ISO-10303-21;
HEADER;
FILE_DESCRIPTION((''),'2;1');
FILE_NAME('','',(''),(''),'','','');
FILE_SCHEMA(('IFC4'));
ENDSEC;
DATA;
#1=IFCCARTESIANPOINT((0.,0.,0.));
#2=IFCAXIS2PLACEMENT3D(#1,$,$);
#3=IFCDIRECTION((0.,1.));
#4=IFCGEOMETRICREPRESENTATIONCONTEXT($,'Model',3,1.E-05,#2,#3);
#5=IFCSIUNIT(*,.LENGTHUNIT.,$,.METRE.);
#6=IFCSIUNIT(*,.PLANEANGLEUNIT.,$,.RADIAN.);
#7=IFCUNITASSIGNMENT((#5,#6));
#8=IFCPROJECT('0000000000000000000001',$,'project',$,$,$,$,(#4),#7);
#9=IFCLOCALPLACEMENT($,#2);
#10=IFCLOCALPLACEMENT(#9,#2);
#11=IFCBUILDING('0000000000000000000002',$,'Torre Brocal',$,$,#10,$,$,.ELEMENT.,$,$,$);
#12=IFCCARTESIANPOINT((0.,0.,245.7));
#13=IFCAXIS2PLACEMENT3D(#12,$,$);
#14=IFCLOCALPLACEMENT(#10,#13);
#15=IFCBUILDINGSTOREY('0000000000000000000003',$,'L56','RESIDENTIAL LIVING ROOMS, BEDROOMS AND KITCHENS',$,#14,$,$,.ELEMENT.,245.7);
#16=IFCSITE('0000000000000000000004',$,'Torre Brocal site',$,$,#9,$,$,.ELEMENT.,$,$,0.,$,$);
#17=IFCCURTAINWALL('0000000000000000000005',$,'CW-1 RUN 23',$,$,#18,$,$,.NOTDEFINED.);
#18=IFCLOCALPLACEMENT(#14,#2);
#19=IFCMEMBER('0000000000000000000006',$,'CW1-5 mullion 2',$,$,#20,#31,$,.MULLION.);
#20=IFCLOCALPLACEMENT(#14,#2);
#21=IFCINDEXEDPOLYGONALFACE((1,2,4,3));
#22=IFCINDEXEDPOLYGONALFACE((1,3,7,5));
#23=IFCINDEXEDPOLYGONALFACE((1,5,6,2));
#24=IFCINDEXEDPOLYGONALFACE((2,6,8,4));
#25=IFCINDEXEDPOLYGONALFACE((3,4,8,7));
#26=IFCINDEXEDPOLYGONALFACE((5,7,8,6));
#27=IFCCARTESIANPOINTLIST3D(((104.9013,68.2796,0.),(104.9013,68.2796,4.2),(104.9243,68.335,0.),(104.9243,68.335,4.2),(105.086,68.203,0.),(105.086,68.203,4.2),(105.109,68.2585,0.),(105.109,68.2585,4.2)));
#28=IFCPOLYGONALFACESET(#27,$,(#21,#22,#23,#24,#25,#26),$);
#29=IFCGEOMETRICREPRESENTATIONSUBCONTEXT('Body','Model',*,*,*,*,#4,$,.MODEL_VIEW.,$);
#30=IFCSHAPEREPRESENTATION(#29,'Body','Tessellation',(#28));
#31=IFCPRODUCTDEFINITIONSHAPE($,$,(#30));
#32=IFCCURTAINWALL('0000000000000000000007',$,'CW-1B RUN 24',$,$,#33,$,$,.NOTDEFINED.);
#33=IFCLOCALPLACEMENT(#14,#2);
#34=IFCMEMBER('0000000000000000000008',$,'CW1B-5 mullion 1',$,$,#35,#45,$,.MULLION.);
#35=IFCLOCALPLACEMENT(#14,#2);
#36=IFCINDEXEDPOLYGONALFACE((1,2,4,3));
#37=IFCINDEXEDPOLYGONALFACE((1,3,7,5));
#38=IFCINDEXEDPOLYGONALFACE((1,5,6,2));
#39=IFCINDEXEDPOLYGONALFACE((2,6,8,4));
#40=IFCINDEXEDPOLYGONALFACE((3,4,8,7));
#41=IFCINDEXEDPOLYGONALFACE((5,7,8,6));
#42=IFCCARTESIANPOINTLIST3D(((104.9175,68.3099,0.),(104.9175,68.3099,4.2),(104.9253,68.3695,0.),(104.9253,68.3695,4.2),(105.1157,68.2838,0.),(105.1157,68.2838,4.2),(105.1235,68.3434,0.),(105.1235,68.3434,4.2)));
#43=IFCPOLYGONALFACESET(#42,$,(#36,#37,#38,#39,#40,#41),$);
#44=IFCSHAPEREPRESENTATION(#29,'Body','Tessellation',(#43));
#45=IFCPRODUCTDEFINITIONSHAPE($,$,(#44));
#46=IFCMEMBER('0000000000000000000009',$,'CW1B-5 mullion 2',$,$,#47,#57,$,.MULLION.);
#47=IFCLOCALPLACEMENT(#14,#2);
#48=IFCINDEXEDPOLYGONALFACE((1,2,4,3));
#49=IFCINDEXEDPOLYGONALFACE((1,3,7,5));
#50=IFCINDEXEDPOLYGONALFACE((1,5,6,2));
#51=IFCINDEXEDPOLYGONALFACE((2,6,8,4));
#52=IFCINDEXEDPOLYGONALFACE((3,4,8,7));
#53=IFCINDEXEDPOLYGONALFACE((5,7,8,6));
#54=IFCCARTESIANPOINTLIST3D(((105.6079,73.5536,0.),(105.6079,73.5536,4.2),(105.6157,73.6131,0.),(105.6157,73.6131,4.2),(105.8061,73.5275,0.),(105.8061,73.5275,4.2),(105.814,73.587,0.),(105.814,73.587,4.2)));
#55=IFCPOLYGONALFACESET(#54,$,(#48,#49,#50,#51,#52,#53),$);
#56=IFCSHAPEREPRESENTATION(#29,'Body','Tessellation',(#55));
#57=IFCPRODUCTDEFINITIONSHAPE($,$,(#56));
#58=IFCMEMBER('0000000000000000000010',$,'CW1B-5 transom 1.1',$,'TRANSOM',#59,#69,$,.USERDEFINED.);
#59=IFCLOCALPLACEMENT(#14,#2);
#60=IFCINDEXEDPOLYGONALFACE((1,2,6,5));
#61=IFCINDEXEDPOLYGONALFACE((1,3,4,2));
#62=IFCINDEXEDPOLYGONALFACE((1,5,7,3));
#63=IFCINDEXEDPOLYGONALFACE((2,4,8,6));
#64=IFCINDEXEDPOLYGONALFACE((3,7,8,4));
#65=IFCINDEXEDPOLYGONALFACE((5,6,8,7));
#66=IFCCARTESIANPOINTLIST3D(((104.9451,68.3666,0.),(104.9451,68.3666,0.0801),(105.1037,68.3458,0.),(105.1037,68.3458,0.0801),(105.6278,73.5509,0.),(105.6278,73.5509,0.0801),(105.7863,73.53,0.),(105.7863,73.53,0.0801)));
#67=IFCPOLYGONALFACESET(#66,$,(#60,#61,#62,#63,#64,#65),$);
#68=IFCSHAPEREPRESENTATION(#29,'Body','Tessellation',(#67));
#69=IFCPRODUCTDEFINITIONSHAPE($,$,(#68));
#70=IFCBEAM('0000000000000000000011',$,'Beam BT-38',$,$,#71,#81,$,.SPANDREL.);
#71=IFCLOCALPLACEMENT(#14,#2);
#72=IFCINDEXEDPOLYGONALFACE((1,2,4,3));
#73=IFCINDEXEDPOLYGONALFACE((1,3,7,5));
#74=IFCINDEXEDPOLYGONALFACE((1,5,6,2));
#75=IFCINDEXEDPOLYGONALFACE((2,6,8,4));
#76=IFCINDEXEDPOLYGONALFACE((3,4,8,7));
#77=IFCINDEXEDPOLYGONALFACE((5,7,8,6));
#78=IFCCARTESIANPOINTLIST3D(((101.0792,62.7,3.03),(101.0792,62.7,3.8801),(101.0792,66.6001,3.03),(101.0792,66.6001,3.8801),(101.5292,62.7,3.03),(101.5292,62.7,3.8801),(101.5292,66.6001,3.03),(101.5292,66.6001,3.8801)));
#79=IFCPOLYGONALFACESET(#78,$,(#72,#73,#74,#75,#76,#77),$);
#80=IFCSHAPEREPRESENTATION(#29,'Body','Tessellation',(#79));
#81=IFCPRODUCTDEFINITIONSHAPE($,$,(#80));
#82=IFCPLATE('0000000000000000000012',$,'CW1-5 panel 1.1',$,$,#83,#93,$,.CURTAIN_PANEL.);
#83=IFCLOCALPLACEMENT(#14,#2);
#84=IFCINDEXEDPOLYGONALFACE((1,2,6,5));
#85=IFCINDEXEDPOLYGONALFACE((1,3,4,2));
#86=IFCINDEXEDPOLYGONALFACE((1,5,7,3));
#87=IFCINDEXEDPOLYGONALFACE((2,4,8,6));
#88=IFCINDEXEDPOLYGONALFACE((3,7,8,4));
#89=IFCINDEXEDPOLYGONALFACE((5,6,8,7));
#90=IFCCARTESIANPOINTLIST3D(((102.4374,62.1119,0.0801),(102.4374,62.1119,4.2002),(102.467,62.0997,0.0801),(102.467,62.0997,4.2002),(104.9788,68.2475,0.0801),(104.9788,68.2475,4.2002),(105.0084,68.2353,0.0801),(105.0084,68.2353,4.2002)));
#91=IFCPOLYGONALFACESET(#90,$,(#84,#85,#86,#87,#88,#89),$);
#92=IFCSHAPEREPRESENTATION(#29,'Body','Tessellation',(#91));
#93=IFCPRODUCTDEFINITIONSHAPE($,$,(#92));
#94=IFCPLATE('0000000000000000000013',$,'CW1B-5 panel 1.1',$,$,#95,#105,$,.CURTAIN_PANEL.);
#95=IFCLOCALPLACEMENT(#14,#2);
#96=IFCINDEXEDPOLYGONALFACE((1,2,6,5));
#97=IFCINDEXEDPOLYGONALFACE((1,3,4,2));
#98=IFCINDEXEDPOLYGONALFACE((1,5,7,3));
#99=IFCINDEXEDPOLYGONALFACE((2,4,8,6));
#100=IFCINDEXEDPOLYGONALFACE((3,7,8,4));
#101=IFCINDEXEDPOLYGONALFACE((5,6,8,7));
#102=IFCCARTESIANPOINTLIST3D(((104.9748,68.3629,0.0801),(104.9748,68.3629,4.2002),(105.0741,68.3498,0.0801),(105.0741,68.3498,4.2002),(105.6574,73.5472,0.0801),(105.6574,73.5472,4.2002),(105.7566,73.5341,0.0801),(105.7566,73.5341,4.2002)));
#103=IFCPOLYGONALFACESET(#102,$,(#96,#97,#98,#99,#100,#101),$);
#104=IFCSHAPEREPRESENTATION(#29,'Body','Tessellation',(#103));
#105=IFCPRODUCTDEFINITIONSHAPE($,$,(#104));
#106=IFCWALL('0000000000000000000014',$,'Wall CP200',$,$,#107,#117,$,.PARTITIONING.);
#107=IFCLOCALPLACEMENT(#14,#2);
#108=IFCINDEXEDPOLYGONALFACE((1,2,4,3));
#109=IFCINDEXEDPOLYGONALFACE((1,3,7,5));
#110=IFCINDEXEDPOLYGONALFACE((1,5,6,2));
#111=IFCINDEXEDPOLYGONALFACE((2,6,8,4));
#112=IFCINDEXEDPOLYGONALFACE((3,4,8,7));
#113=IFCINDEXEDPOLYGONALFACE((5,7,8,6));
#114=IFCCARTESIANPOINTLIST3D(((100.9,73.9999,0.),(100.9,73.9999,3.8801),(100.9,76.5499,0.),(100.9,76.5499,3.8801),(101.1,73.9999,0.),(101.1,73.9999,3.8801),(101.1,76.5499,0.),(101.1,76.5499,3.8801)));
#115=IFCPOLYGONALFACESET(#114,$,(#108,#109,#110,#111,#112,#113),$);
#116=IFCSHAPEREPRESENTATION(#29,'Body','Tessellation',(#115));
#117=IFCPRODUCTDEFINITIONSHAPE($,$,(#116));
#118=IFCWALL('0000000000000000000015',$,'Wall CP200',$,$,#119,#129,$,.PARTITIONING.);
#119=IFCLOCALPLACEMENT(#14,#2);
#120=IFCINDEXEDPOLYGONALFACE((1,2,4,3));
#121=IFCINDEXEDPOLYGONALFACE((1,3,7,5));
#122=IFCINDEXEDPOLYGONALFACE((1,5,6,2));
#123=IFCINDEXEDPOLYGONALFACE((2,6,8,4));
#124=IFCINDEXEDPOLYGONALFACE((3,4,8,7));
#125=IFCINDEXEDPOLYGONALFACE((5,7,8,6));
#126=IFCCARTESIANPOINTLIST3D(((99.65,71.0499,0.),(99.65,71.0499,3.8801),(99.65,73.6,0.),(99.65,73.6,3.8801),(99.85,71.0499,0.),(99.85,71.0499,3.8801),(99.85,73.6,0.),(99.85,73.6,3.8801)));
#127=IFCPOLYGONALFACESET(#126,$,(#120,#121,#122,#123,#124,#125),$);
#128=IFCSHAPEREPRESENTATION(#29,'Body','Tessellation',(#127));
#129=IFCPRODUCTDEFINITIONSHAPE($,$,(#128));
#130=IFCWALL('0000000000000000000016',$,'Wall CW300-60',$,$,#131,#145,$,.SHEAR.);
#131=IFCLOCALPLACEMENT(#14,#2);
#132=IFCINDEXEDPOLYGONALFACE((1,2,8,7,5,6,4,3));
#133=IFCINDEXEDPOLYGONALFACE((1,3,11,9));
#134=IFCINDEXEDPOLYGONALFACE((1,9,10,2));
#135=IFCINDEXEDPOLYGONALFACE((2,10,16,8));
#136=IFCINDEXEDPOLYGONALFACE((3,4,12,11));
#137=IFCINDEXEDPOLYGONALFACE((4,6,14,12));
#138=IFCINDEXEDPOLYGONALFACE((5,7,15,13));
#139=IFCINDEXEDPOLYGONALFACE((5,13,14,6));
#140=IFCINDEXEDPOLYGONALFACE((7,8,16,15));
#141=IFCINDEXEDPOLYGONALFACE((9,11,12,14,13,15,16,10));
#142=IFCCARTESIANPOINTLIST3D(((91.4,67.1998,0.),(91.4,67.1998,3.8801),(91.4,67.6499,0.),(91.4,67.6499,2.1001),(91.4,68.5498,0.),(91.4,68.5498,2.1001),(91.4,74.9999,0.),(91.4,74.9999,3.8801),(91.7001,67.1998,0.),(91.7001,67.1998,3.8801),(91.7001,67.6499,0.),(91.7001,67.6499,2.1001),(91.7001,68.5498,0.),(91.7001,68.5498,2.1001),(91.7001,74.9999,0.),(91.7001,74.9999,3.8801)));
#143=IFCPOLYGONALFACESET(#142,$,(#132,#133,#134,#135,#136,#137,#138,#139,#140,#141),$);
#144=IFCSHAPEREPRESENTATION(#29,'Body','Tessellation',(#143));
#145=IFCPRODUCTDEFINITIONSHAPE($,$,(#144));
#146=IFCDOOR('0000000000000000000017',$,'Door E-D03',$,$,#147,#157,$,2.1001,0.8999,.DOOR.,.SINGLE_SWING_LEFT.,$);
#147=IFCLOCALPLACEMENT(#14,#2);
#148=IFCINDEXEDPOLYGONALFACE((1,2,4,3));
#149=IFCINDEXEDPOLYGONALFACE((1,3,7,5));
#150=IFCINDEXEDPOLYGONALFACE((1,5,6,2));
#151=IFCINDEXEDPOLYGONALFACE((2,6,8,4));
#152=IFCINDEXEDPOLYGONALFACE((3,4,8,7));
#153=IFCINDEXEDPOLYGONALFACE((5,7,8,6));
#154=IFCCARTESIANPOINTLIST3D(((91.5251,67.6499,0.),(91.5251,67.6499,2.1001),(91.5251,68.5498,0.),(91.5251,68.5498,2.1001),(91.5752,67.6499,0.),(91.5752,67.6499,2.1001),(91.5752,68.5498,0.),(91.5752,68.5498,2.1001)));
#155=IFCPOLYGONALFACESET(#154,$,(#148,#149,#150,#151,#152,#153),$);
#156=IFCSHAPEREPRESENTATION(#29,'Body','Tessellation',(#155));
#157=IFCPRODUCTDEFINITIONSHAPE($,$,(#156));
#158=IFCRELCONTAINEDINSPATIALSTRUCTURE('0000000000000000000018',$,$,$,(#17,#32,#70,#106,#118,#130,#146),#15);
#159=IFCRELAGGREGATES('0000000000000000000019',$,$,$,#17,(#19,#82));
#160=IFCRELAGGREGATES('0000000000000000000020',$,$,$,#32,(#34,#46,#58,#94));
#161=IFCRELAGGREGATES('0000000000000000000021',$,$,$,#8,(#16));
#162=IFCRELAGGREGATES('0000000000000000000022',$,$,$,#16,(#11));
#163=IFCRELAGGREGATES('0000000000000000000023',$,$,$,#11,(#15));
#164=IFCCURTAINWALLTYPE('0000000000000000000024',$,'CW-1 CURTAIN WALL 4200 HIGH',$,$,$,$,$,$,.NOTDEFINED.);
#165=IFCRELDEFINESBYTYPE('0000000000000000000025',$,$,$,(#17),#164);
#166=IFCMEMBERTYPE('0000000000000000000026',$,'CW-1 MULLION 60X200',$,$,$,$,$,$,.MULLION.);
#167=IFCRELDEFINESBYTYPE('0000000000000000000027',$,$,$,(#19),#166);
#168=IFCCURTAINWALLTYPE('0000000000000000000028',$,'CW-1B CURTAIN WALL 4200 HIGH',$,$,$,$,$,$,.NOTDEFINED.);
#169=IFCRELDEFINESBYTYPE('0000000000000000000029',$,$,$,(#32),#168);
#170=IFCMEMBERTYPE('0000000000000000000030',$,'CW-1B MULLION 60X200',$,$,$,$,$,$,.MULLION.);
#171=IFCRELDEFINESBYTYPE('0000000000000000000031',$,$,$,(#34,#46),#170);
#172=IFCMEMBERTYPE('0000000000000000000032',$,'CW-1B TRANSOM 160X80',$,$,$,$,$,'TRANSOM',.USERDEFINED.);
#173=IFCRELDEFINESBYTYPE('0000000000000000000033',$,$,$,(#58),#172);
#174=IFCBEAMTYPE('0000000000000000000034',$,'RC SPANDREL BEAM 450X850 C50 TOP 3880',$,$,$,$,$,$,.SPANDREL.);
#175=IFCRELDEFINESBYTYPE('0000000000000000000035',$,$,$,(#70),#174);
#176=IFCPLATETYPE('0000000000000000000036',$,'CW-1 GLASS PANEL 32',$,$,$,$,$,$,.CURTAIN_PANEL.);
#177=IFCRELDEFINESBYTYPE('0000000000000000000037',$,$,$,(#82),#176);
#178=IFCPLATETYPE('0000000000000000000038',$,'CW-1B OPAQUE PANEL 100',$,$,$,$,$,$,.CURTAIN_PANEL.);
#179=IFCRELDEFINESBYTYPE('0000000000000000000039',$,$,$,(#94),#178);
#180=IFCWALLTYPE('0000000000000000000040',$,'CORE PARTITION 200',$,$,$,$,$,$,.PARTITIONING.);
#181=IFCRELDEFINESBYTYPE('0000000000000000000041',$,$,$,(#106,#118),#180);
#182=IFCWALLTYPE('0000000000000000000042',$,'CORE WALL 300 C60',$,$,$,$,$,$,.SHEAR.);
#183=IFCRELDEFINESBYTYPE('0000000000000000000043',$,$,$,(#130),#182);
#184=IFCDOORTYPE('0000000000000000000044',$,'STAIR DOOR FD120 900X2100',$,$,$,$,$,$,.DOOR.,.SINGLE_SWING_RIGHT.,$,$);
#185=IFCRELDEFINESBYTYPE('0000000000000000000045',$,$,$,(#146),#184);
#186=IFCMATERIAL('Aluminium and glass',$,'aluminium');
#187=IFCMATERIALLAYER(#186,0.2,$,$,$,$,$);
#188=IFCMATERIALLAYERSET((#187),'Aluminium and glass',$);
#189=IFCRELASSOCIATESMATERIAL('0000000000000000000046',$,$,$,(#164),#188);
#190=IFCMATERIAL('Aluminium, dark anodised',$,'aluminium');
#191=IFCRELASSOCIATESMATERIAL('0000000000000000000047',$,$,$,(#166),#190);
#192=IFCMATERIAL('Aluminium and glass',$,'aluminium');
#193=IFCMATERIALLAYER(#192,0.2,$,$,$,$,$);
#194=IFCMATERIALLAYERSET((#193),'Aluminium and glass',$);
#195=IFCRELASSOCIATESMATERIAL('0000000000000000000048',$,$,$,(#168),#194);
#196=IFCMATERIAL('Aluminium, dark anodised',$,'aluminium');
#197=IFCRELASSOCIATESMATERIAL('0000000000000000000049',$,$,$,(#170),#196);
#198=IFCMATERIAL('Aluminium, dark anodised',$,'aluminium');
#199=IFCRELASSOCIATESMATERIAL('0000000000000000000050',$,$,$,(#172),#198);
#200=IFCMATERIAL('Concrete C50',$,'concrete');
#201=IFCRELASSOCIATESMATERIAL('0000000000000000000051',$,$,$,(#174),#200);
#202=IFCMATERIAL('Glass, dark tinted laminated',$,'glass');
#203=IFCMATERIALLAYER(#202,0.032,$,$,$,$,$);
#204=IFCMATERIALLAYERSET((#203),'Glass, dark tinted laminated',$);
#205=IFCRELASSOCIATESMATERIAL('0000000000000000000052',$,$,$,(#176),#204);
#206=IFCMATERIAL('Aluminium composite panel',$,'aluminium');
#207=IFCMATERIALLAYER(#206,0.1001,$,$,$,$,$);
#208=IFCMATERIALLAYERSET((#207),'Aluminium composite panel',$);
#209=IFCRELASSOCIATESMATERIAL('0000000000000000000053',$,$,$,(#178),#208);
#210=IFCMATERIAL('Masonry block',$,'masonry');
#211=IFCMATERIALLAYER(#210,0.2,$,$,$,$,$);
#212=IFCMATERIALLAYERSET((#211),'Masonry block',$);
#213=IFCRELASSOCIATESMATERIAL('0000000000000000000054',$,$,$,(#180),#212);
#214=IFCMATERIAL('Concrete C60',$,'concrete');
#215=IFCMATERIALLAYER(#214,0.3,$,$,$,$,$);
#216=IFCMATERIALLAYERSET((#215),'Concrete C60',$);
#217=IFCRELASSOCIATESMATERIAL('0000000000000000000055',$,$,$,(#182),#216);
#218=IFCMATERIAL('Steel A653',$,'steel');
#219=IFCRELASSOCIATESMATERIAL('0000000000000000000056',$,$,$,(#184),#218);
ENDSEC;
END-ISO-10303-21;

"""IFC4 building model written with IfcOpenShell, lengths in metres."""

from ifc_helpers import new_model, si_unit, direction, frame, frame_2d, origin, origin_2d, place, context, subcontext, project, spatial, rectangle, extrude, material, layer, layer_set, material_profile, profile_set, type_object, element, fill, aggregate, save


model = new_model("IFC4")

# Units and contexts
model_context = context("Model", 3, precision=1e-05, world=origin(), true_north=direction((0.0, 1.0)))
body_context = subcontext(model_context, "Body", "Model", "MODEL_VIEW")
ifc_project = project(units=[si_unit("LENGTHUNIT", "METRE"), si_unit("PLANEANGLEUNIT", "RADIAN")], contexts=[model_context])

# Site, building, storey
site_placement = place(None, origin())
site = spatial("IfcSite", under=ifc_project, at=site_placement, Name="Torre Brocal site", CompositionType="ELEMENT", RefElevation=0.0)
building_placement = place(site_placement, origin())
building = spatial("IfcBuilding", under=site, at=building_placement, Name="Torre Brocal", CompositionType="ELEMENT")
storey_placement = place(building_placement, frame((0.0, 0.0, 245.7)))
storey = spatial("IfcBuildingStorey", under=building, at=storey_placement, Name="L56", Description="RESIDENTIAL LIVING ROOMS, BEDROOMS AND KITCHENS", CompositionType="ELEMENT", Elevation=245.7)

# Curtain wall, member
ifc_material_1 = material(Name="Aluminium and glass", Category="aluminium")
ifc_layer_1 = layer(ifc_material_1, 0.2)
ifc_layer_set_1 = layer_set([ifc_layer_1], Name="Aluminium and glass")
curtain_wall_type_1 = type_object("IfcCurtainWallType", Name="CW-1 CURTAIN WALL 4200 HIGH", PredefinedType="NOTDEFINED", material=ifc_layer_set_1)
curtain_wall_1_placement = place(storey_placement, origin())
curtain_wall_1 = element("IfcCurtainWall", 1, at=curtain_wall_1_placement, inside=storey, type_object=curtain_wall_type_1, Name="CW-1 RUN 23", PredefinedType="NOTDEFINED")
ifc_material_2 = material(Name="Aluminium, dark anodised", Category="aluminium")
ifc_material_profile_1 = material_profile(ifc_material_2, rectangle(XDim=0.2, YDim=0.0601, at=origin_2d()), Name="CW-1 MULLION 60X200")
ifc_profile_set_1 = profile_set([ifc_material_profile_1], Name="Aluminium, dark anodised")
member_type_1 = type_object("IfcMemberType", Name="CW-1 MULLION 60X200", PredefinedType="MULLION", material=ifc_profile_set_1)
member_1_placement = place(storey_placement, frame((105.0051, 68.269, 0.0), z_axis=(0.0, 0.0, 1.0), x_axis=(-0.92388, 0.382683, 0.0)))
member_1 = element("IfcMember", 2, at=member_1_placement, type_object=member_type_1, Name="CW1-5 mullion 2", PredefinedType="MULLION", context=body_context, shape_type="SweptSolid", body=[
    extrude(rectangle(XDim=0.2, YDim=0.0601, at=origin_2d()), origin(), (0.0, 0.0, 1.0), 4.2),
])

# Curtain wall, members
ifc_material_3 = material(Name="Aluminium and glass", Category="aluminium")
ifc_layer_2 = layer(ifc_material_3, 0.2)
ifc_layer_set_2 = layer_set([ifc_layer_2], Name="Aluminium and glass")
curtain_wall_type_2 = type_object("IfcCurtainWallType", Name="CW-1B CURTAIN WALL 4200 HIGH", PredefinedType="NOTDEFINED", material=ifc_layer_set_2)
curtain_wall_2_placement = place(storey_placement, origin())
curtain_wall_2 = element("IfcCurtainWall", 3, at=curtain_wall_2_placement, inside=storey, type_object=curtain_wall_type_2, Name="CW-1B RUN 24", PredefinedType="NOTDEFINED")
ifc_material_4 = material(Name="Aluminium, dark anodised", Category="aluminium")
ifc_material_profile_2 = material_profile(ifc_material_4, rectangle(XDim=0.2, YDim=0.0601, at=origin_2d()), Name="CW-1B MULLION 60X200")
ifc_profile_set_2 = profile_set([ifc_material_profile_2], Name="Aluminium, dark anodised")
member_type_2 = type_object("IfcMemberType", Name="CW-1B MULLION 60X200", PredefinedType="MULLION", material=ifc_profile_set_2)
member_2_placement = place(storey_placement, frame((105.0205, 68.3267, 0.0), z_axis=(0.0, 0.0, 1.0), x_axis=(-0.991445, 0.130526, 0.0)))
member_2 = element("IfcMember", 4, at=member_2_placement, type_object=member_type_2, Name="CW1B-5 mullion 1", PredefinedType="MULLION", context=body_context, shape_type="SweptSolid", body=[
    extrude(rectangle(XDim=0.2, YDim=0.0601, at=origin_2d()), origin(), (0.0, 0.0, 1.0), 4.2),
])
member_3_placement = place(storey_placement, frame((105.7109, 73.5703, 0.0), z_axis=(0.0, 0.0, 1.0), x_axis=(-0.991445, 0.130526, 0.0)))
member_3 = element("IfcMember", 5, at=member_3_placement, type_object=member_type_2, Name="CW1B-5 mullion 2", PredefinedType="MULLION", context=body_context, shape_type="SweptSolid", body=[
    extrude(rectangle(XDim=0.2, YDim=0.0601, at=origin_2d()), origin(), (0.0, 0.0, 1.0), 4.2),
])
ifc_material_5 = material(Name="Aluminium, dark anodised", Category="aluminium")
ifc_material_profile_3 = material_profile(ifc_material_5, rectangle(XDim=0.1599, YDim=0.0801, at=origin_2d()), Name="CW-1B TRANSOM 160X80")
ifc_profile_set_3 = profile_set([ifc_material_profile_3], Name="Aluminium, dark anodised")
member_type_3 = type_object("IfcMemberType", Name="CW-1B TRANSOM 160X80", ElementType="TRANSOM", PredefinedType="USERDEFINED", material=ifc_profile_set_3)
member_4_placement = place(storey_placement, frame((105.0244, 68.3562, 0.04), z_axis=(0.130543, 0.991443, 0.0), x_axis=(-0.991443, 0.130543, 0.0)))
member_4 = element("IfcMember", 6, at=member_4_placement, type_object=member_type_3, Name="CW1B-5 transom 1.1", ObjectType="TRANSOM", PredefinedType="USERDEFINED", context=body_context, shape_type="SweptSolid", body=[
    extrude(rectangle(XDim=0.1599, YDim=0.0801, at=origin_2d()), origin(), (0.0, 0.0, 1.0), 5.229),
])

# Beam
ifc_material_6 = material(Name="Concrete C50", Category="concrete")
ifc_material_profile_4 = material_profile(ifc_material_6, rectangle(XDim=0.45, YDim=0.8501, at=origin_2d()), Name="RC 450X850")
ifc_profile_set_4 = profile_set([ifc_material_profile_4], Name="Concrete C50")
beam_type = type_object("IfcBeamType", Name="RC SPANDREL BEAM 450X850 C50 TOP 3880", PredefinedType="SPANDREL", material=ifc_profile_set_4)
beam_placement = place(storey_placement, frame((101.3042, 62.7, 3.4551), z_axis=(0.0, 1.0, 0.0), x_axis=(-1.0, 0.0, 0.0)))
element("IfcBeam", 7, at=beam_placement, inside=storey, type_object=beam_type, Name="Beam BT-38", PredefinedType="SPANDREL", context=body_context, shape_type="SweptSolid", body=[
    extrude(rectangle(XDim=0.45, YDim=0.8501, at=origin_2d()), origin(), (0.0, 0.0, 1.0), 3.9001),
])

# Plates
ifc_material_7 = material(Name="Glass, dark tinted laminated", Category="glass")
ifc_layer_3 = layer(ifc_material_7, 0.032)
ifc_layer_set_3 = layer_set([ifc_layer_3], Name="Glass, dark tinted laminated")
plate_type_1 = type_object("IfcPlateType", Name="CW-1 GLASS PANEL 32", PredefinedType="CURTAIN_PANEL", material=ifc_layer_set_3)
plate_1_placement = place(storey_placement, frame((103.7229, 65.1736, 0.0801), z_axis=(0.0, 0.0, 1.0), x_axis=(0.382683, 0.92388, 0.0)))
plate_1 = element("IfcPlate", 8, at=plate_1_placement, type_object=plate_type_1, Name="CW1-5 panel 1.1", PredefinedType="CURTAIN_PANEL", context=body_context, shape_type="SweptSolid", body=[
    extrude(rectangle(XDim=6.6411, YDim=0.032, at=origin_2d()), origin(), (0.0, 0.0, 1.0), 4.1201),
])
aggregate(curtain_wall_1, [member_1, plate_1])
ifc_material_8 = material(Name="Aluminium composite panel", Category="aluminium")
ifc_layer_4 = layer(ifc_material_8, 0.1001)
ifc_layer_set_4 = layer_set([ifc_layer_4], Name="Aluminium composite panel")
plate_type_2 = type_object("IfcPlateType", Name="CW-1B OPAQUE PANEL 100", PredefinedType="CURTAIN_PANEL", material=ifc_layer_set_4)
plate_2_placement = place(storey_placement, frame((105.3657, 70.9485, 0.0801), z_axis=(0.0, 0.0, 1.0), x_axis=(0.130526, 0.991445, 0.0)))
plate_2 = element("IfcPlate", 9, at=plate_2_placement, type_object=plate_type_2, Name="CW1B-5 panel 1.1", PredefinedType="CURTAIN_PANEL", context=body_context, shape_type="SweptSolid", body=[
    extrude(rectangle(XDim=5.229, YDim=0.1001, at=origin_2d()), origin(), (0.0, 0.0, 1.0), 4.1201),
])
aggregate(curtain_wall_2, [member_2, member_3, member_4, plate_2])

# Walls
ifc_material_9 = material(Name="Masonry block", Category="masonry")
ifc_layer_5 = layer(ifc_material_9, 0.2)
ifc_layer_set_5 = layer_set([ifc_layer_5], Name="Masonry block")
wall_type_1 = type_object("IfcWallType", Name="CORE PARTITION 200", PredefinedType="PARTITIONING", material=ifc_layer_set_5)
for number, where, z_axis, x_axis, name in (
    (10, (101.0, 74.0, 0.0), (0.0, 0.0, 1.0), (0.0, 1.0, 0.0), "Wall CP200"),
    (11, (99.75, 71.05, 0.0), (0.0, 0.0, 1.0), (0.0, 1.0, 0.0), "Wall CP200"),
):
    element("IfcWall", number, at=place(storey_placement, frame(where, z_axis=z_axis, x_axis=x_axis)), inside=storey, type_object=wall_type_1, Name=name, PredefinedType="PARTITIONING", context=body_context, shape_type="SweptSolid", body=[
        extrude(rectangle(XDim=2.55, YDim=0.2, at=frame_2d((1.2749, 0.0))), origin(), (0.0, 0.0, 1.0), 3.8801),
    ])

# Wall, opening, door
ifc_material_10 = material(Name="Concrete C60", Category="concrete")
ifc_layer_6 = layer(ifc_material_10, 0.3)
ifc_layer_set_6 = layer_set([ifc_layer_6], Name="Concrete C60")
wall_type_2 = type_object("IfcWallType", Name="CORE WALL 300 C60", PredefinedType="SHEAR", material=ifc_layer_set_6)
wall_1_placement = place(storey_placement, frame((91.55, 67.2, 0.0), z_axis=(0.0, 0.0, 1.0), x_axis=(0.0, 1.0, 0.0)))
wall_1 = element("IfcWall", 12, at=wall_1_placement, inside=storey, type_object=wall_type_2, Name="Wall CW300-60", PredefinedType="SHEAR", context=body_context, shape_type="SweptSolid", body=[
    extrude(rectangle(XDim=7.8, YDim=0.3, at=frame_2d((3.8999, 0.0))), origin(), (0.0, 0.0, 1.0), 3.8801),
])
opening_1_placement = place(wall_1_placement, frame((0.45, 0.0, 0.0)))
opening_1 = element("IfcOpeningElement", 13, at=opening_1_placement, cuts=wall_1, PredefinedType="OPENING", context=body_context, shape_type="SweptSolid", body=[
    extrude(rectangle(XDim=0.8999, YDim=2.1001, at=frame_2d((0.45, 1.05))), frame((0.0, 0.1599, 0.0), z_axis=(0.0, -1.0, 0.0), x_axis=(1.0, 0.0, 0.0)), (0.0, 0.0, 1.0), 0.3201),
])
ifc_material_11 = material(Name="Steel A653", Category="steel")
door_type_1 = type_object("IfcDoorType", Name="STAIR DOOR FD120 900X2100", OperationType="SINGLE_SWING_RIGHT", PredefinedType="DOOR", material=ifc_material_11)
door_1_placement = place(opening_1_placement, origin())
door_1 = element("IfcDoor", 14, at=door_1_placement, inside=storey, type_object=door_type_1, Name="Door E-D03", OperationType="SINGLE_SWING_LEFT", OverallHeight=2.1001, OverallWidth=0.8999, PredefinedType="DOOR", context=body_context, shape_type="SweptSolid", body=[
    extrude(rectangle(XDim=0.8999, YDim=2.1001, at=frame_2d((0.45, 1.05))), frame((0.0, 0.0249, 0.0), z_axis=(0.0, -1.0, 0.0), x_axis=(1.0, 0.0, 0.0)), (0.0, 0.0, 1.0), 0.05),
])
fill(opening_1, door_1)

save(model, "model.ifc")
